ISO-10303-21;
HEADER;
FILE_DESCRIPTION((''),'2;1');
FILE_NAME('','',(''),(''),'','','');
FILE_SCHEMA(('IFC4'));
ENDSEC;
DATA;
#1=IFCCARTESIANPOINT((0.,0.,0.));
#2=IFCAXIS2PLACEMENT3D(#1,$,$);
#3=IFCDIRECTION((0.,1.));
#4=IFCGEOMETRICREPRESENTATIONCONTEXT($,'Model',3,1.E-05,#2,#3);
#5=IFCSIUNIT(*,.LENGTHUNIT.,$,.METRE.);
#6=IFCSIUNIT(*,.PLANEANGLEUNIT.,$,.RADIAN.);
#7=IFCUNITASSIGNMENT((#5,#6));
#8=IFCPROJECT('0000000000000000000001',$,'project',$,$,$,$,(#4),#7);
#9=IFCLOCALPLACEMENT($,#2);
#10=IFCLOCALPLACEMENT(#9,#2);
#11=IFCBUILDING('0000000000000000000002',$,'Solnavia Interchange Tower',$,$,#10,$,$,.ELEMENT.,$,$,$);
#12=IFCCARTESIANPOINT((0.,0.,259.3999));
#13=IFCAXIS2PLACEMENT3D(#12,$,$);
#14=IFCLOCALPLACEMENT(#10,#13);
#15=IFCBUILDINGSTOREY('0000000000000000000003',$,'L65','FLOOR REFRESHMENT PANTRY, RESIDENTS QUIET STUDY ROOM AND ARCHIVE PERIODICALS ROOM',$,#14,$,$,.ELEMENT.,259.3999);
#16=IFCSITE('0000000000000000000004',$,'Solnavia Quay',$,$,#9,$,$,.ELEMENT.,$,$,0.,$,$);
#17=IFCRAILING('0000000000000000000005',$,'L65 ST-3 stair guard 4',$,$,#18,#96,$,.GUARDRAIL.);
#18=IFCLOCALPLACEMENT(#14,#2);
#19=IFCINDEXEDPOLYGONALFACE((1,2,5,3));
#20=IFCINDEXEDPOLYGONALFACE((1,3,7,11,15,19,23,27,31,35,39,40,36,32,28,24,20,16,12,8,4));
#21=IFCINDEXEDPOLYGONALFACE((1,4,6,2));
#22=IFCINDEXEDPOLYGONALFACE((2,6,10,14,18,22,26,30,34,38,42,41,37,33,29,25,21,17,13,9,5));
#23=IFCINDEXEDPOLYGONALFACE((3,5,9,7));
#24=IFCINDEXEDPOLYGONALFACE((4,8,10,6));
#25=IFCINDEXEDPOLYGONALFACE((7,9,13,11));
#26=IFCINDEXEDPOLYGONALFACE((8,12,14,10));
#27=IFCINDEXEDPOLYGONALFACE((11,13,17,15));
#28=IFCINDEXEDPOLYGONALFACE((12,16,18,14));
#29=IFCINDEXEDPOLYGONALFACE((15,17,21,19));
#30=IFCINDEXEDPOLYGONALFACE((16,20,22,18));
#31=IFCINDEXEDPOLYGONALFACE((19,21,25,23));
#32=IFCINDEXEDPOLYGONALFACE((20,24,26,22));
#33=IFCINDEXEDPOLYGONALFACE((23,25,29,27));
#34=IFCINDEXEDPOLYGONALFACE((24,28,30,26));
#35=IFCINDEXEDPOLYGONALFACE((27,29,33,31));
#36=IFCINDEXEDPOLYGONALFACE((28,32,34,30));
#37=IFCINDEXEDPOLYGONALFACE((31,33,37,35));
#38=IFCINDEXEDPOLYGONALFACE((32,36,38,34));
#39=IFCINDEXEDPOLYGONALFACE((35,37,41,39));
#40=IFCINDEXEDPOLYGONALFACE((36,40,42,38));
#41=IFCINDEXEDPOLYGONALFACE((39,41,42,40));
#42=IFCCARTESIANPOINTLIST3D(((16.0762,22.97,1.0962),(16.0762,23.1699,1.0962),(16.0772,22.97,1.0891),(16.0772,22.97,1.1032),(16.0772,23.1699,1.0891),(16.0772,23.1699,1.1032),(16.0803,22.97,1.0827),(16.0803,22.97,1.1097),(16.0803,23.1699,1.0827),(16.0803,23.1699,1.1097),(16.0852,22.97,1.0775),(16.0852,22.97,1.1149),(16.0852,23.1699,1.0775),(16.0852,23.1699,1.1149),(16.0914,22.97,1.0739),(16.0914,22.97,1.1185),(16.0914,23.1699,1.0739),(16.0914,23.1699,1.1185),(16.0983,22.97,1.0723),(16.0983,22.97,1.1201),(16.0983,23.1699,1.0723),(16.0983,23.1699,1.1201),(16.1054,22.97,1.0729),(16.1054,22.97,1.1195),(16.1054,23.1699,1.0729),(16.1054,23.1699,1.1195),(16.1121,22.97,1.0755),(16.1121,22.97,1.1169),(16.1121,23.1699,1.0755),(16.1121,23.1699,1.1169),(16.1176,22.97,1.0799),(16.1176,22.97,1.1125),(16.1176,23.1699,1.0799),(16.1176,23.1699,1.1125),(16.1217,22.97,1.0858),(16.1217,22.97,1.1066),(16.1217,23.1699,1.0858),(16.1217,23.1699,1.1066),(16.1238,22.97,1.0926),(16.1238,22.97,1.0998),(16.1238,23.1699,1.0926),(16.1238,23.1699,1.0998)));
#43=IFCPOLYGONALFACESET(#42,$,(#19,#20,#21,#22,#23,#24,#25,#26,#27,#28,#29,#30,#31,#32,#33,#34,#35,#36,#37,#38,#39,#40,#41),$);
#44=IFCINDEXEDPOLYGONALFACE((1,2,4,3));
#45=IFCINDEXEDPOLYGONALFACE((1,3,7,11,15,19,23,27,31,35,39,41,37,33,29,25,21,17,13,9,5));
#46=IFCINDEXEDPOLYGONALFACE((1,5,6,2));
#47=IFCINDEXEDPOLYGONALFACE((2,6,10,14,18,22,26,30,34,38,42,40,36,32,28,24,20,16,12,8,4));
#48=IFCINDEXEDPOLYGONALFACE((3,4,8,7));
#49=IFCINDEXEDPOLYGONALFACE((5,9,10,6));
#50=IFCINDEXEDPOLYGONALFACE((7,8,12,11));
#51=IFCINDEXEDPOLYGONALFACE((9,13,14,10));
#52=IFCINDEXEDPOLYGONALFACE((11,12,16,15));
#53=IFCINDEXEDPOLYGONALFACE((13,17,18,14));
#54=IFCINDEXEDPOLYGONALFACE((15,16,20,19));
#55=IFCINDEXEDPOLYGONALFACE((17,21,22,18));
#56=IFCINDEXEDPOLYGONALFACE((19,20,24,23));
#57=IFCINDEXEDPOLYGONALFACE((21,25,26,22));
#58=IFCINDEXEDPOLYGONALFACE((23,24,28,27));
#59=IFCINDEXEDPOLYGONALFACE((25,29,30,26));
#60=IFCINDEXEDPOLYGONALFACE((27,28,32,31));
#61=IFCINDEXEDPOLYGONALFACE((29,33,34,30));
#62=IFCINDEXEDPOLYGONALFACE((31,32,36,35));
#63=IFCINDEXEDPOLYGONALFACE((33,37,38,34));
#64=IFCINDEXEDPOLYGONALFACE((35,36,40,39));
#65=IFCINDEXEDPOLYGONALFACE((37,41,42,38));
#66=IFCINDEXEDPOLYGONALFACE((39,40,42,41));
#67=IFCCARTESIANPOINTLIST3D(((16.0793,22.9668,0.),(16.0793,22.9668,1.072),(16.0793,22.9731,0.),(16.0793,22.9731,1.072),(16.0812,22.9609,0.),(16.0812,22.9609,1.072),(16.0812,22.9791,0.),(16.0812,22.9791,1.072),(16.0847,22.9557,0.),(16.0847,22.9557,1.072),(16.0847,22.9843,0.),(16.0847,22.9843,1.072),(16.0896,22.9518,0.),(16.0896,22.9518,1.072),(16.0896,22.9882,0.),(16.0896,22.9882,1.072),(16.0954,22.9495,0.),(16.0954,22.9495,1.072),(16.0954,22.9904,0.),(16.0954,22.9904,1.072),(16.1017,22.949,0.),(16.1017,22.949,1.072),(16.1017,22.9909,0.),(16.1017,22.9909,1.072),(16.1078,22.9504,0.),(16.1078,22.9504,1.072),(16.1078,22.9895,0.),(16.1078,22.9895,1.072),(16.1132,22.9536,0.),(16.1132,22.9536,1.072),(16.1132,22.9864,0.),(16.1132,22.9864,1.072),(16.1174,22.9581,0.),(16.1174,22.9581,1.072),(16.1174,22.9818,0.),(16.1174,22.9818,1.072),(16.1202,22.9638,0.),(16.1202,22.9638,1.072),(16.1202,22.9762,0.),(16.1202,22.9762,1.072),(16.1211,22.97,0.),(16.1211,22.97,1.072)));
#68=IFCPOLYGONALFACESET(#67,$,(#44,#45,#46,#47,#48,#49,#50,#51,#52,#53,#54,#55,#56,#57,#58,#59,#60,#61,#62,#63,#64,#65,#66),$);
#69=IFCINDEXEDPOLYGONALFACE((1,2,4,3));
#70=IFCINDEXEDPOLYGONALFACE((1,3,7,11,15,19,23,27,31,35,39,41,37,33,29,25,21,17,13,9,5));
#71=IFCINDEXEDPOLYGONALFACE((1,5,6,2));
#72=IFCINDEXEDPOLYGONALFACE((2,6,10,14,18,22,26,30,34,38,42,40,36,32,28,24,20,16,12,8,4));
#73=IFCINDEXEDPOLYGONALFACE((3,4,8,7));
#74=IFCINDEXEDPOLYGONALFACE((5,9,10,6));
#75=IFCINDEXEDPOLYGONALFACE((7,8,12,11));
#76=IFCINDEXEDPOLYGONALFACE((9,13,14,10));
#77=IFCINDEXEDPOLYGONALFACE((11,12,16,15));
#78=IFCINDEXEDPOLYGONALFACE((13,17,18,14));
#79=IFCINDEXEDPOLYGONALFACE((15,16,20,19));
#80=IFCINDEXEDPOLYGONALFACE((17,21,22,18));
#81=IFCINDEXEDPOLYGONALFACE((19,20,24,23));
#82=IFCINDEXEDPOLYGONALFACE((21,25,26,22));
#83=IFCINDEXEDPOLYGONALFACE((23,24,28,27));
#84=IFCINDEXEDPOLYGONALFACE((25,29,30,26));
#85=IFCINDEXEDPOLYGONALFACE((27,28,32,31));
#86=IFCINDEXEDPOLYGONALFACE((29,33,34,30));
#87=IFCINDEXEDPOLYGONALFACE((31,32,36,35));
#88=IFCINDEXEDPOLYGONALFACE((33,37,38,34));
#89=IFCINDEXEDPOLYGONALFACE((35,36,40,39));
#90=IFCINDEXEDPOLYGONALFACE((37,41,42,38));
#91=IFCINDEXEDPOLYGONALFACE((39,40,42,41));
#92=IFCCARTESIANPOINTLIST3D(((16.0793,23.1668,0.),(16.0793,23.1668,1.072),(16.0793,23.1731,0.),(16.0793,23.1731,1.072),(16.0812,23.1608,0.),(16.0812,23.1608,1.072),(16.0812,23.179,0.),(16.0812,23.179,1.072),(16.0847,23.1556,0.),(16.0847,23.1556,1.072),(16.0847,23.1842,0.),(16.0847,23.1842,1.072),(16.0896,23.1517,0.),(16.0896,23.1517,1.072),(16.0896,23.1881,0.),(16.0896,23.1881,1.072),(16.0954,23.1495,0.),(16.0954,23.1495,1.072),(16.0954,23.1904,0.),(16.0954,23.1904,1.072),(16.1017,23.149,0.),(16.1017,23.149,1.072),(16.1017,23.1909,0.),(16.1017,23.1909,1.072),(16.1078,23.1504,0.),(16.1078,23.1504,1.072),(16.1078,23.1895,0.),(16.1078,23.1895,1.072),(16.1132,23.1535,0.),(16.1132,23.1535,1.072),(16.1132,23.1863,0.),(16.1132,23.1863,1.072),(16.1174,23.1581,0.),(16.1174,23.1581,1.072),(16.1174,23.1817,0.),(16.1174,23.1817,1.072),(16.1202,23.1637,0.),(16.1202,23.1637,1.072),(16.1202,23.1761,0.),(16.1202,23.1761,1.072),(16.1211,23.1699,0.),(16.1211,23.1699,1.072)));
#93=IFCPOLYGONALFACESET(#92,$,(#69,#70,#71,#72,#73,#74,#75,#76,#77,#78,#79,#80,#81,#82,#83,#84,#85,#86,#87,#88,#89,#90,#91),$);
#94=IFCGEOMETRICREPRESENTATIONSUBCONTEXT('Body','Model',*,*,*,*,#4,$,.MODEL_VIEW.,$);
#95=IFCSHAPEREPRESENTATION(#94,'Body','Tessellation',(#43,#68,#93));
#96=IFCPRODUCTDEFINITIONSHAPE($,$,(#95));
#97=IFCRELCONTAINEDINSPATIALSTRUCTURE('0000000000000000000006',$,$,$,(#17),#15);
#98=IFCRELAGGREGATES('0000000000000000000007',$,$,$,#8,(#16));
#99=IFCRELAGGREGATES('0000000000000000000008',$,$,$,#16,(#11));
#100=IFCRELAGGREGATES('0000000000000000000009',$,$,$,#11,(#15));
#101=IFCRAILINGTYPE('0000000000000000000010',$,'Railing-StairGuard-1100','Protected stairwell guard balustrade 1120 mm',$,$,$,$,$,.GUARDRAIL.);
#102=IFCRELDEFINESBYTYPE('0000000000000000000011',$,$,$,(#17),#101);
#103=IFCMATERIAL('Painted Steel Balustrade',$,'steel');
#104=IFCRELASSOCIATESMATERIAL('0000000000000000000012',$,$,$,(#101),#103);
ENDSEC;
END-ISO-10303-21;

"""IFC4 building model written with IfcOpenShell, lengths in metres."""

from ifc_helpers import new_model, si_unit, direction, frame, origin, origin_2d, place, context, subcontext, project, spatial, circle, extrude, material, type_object, element, save


model = new_model("IFC4")

# Units and contexts
model_context = context("Model", 3, precision=1e-05, world=origin(), true_north=direction((0.0, 1.0)))
body_context = subcontext(model_context, "Body", "Model", "MODEL_VIEW")
ifc_project = project(units=[si_unit("LENGTHUNIT", "METRE"), si_unit("PLANEANGLEUNIT", "RADIAN")], contexts=[model_context])

# Site, building, storey
site_placement = place(None, origin())
site = spatial("IfcSite", under=ifc_project, at=site_placement, Name="Solnavia Quay", CompositionType="ELEMENT", RefElevation=0.0)
building_placement = place(site_placement, origin())
building = spatial("IfcBuilding", under=site, at=building_placement, Name="Solnavia Interchange Tower", CompositionType="ELEMENT")
storey_placement = place(building_placement, frame((0.0, 0.0, 259.3999)))
storey = spatial("IfcBuildingStorey", under=building, at=storey_placement, Name="L65", Description="FLOOR REFRESHMENT PANTRY, RESIDENTS QUIET STUDY ROOM AND ARCHIVE PERIODICALS ROOM", CompositionType="ELEMENT", Elevation=259.3999)

# Railing
ifc_material_1 = material(Name="Painted Steel Balustrade", Category="steel")
railing_type_1 = type_object("IfcRailingType", Name="Railing-StairGuard-1100", Description="Protected stairwell guard balustrade 1120 mm", PredefinedType="GUARDRAIL", material=ifc_material_1)
railing_1_placement = place(storey_placement, frame((16.1001, 22.97, 0.0)))
element("IfcRailing", 1, at=railing_1_placement, inside=storey, type_object=railing_type_1, Name="L65 ST-3 stair guard 4", PredefinedType="GUARDRAIL", context=body_context, shape_type="SweptSolid", body=[
    extrude(circle(Radius=0.0239, at=origin_2d()), frame((0.0, 0.0, 1.0962), z_axis=(0.0, 1.0, 0.0), x_axis=(-1.0, 0.0, 0.0)), (0.0, 0.0, 1.0), 0.2),
    extrude(circle(Radius=0.021, at=origin_2d()), origin(), (0.0, 0.0, 1.0), 1.072),
    extrude(circle(Radius=0.021, at=origin_2d()), frame((0.0, 0.2, 0.0)), (0.0, 0.0, 1.0), 1.072),
])

save(model, "model.ifc")
